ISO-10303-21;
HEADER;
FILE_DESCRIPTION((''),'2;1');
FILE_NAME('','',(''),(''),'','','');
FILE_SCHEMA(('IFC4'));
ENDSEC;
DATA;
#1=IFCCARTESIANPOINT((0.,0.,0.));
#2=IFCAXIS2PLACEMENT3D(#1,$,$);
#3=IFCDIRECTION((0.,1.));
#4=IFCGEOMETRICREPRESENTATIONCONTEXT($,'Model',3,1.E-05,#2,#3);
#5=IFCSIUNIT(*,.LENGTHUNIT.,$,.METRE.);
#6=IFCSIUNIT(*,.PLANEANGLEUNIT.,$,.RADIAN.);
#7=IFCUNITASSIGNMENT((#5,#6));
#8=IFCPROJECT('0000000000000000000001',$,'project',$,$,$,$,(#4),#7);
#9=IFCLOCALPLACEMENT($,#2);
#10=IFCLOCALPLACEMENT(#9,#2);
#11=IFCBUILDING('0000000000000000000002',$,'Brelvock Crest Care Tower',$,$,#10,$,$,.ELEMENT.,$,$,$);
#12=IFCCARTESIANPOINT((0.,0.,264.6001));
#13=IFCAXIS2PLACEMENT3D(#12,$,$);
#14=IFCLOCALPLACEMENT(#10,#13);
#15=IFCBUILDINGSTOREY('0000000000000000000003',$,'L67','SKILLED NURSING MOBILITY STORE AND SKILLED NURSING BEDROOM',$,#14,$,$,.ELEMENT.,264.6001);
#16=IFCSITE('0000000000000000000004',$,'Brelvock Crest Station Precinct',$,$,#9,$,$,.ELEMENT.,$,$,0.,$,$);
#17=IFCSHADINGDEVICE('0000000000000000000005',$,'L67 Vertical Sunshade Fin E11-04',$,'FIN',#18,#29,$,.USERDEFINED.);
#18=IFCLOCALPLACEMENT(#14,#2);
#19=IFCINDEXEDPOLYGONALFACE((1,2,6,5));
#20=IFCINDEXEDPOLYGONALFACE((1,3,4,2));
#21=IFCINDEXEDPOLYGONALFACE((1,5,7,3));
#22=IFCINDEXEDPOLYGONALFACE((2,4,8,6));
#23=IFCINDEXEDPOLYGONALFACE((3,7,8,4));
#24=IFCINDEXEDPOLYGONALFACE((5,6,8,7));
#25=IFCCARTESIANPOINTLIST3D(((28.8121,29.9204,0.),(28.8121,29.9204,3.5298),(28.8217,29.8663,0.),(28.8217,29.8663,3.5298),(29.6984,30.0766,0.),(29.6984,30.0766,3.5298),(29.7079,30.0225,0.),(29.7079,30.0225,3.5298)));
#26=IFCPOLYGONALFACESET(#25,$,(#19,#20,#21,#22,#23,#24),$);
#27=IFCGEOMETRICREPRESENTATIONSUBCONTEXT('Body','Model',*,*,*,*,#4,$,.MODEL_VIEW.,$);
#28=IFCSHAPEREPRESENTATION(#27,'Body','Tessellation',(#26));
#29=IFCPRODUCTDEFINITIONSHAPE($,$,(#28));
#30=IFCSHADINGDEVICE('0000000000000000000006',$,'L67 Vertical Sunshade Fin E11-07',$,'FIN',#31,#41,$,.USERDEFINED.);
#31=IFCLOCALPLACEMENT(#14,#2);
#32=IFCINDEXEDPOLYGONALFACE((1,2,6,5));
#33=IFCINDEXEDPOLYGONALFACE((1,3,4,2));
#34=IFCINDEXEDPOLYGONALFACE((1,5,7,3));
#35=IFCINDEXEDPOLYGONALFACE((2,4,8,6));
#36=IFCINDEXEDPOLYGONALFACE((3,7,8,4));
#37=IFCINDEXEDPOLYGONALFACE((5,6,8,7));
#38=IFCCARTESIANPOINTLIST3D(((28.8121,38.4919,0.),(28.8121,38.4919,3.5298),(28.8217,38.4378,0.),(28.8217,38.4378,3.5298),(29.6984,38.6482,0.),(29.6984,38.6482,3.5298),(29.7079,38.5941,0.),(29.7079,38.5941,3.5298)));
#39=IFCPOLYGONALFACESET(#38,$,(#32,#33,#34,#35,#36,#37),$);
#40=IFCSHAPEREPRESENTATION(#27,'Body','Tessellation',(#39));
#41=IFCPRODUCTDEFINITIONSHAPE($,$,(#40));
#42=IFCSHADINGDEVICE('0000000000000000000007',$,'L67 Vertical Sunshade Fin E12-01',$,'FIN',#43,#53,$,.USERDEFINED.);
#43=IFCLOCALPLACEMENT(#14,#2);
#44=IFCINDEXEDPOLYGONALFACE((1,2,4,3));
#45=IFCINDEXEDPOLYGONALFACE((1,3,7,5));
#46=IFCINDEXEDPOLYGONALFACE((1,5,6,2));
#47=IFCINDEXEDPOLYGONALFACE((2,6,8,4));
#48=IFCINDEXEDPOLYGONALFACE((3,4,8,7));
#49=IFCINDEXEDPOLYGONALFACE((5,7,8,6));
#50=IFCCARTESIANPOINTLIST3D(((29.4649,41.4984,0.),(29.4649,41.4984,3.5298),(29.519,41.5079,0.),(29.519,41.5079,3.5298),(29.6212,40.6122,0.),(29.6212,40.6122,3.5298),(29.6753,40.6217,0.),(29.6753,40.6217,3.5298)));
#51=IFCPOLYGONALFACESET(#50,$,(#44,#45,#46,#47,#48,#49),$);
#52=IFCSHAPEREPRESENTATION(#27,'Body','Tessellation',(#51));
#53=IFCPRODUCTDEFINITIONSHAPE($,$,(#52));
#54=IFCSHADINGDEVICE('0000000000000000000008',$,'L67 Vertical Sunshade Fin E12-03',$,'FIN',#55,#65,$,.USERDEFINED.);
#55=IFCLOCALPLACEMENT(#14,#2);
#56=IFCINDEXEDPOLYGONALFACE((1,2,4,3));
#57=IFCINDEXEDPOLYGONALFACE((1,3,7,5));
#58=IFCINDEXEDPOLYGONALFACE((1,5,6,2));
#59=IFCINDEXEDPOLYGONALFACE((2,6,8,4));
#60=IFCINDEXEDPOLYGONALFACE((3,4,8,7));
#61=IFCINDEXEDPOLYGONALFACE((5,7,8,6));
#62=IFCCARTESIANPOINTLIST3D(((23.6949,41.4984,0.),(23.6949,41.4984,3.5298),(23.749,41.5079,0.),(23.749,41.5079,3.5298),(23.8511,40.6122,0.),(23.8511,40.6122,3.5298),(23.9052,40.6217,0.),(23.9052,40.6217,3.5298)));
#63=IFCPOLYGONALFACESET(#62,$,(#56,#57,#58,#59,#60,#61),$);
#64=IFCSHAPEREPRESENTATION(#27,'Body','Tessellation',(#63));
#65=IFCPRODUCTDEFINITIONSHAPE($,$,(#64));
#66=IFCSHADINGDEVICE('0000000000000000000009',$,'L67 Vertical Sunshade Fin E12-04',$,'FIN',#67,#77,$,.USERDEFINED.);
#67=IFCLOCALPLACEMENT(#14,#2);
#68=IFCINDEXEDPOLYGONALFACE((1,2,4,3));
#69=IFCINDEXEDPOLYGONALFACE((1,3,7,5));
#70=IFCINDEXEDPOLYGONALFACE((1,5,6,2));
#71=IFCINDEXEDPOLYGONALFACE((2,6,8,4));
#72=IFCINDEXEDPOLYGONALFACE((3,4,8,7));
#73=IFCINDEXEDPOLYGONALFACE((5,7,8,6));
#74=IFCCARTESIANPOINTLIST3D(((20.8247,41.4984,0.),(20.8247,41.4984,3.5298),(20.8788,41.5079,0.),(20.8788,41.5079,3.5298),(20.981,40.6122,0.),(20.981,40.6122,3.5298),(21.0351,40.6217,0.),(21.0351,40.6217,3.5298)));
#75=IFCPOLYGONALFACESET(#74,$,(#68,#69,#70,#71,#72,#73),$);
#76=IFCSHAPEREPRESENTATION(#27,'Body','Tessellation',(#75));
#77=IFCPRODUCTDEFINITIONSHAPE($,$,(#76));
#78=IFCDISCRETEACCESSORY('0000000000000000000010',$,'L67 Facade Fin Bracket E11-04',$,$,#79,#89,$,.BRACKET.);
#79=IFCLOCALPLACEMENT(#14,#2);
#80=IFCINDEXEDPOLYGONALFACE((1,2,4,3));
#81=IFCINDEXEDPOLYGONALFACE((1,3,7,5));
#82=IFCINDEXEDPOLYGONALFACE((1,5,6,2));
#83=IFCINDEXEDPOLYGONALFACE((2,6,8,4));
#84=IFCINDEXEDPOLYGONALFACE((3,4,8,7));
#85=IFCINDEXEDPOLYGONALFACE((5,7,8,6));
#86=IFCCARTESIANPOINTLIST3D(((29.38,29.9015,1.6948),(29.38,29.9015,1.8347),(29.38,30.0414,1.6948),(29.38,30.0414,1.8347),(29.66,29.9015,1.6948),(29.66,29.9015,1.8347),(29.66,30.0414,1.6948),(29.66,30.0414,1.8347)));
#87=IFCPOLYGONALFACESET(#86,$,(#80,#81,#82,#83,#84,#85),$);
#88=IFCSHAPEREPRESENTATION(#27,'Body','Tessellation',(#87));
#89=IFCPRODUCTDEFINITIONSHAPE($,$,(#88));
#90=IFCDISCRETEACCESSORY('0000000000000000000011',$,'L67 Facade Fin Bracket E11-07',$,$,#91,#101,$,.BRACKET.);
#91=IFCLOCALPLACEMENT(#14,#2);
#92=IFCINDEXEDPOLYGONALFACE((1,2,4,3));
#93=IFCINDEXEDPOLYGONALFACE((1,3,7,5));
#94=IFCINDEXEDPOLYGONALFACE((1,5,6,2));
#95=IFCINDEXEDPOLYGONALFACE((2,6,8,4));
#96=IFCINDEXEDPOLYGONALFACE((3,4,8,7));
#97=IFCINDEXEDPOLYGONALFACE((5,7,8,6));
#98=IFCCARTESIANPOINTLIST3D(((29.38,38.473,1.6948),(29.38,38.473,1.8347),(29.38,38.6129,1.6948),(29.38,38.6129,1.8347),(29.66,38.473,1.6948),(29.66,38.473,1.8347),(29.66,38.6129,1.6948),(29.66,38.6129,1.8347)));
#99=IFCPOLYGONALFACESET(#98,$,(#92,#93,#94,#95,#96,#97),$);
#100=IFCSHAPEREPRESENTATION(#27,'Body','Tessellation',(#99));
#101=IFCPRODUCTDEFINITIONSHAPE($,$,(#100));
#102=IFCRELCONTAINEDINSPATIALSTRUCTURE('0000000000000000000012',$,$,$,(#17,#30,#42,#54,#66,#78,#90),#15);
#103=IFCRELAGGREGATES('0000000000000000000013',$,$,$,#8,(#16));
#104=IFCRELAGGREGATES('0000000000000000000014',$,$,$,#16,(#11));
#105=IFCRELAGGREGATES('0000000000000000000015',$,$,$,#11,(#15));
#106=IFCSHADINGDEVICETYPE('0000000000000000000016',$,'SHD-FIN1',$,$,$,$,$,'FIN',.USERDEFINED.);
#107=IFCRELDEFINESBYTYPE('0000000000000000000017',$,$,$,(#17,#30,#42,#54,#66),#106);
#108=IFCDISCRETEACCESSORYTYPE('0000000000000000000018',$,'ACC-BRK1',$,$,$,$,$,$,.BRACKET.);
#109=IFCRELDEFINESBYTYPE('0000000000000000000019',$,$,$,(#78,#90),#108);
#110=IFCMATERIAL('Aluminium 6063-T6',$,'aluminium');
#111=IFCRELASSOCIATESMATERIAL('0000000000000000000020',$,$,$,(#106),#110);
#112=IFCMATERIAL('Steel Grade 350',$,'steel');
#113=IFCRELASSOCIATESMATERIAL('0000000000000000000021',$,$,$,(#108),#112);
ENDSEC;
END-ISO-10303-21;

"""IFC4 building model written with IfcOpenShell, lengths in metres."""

from ifc_helpers import new_model, si_unit, direction, frame, origin, origin_2d, place, context, subcontext, project, spatial, rectangle, extrude, source, transform, mapped, material, material_profile, profile_set, type_object, element, save


model = new_model("IFC4")

# Units and contexts
model_context = context("Model", 3, precision=1e-05, world=origin(), true_north=direction((0.0, 1.0)))
body_context = subcontext(model_context, "Body", "Model", "MODEL_VIEW")
ifc_project = project(units=[si_unit("LENGTHUNIT", "METRE"), si_unit("PLANEANGLEUNIT", "RADIAN")], contexts=[model_context])

# Site, building, storey
site_placement = place(None, origin())
site = spatial("IfcSite", under=ifc_project, at=site_placement, Name="Brelvock Crest Station Precinct", CompositionType="ELEMENT", RefElevation=0.0)
building_placement = place(site_placement, origin())
building = spatial("IfcBuilding", under=site, at=building_placement, Name="Brelvock Crest Care Tower", CompositionType="ELEMENT")
storey_placement = place(building_placement, frame((0.0, 0.0, 264.6001)))
storey = spatial("IfcBuildingStorey", under=building, at=storey_placement, Name="L67", Description="SKILLED NURSING MOBILITY STORE AND SKILLED NURSING BEDROOM", CompositionType="ELEMENT", Elevation=264.6001)

# Shared definitions
ifc_material_1 = material(Name="Aluminium 6063-T6", Category="aluminium")

# Shading devices
ifc_material_profile_1 = material_profile(ifc_material_1, rectangle(XDim=0.0549, YDim=0.8999, at=origin_2d()), Name="FIN55x900")
ifc_profile_set_1 = profile_set([ifc_material_profile_1], Name="Aluminium 6063-T6")
shading_device_type = type_object("IfcShadingDeviceType", Name="SHD-FIN1", ElementType="FIN", PredefinedType="USERDEFINED", material=ifc_profile_set_1)
shared_shape_1 = source(origin(), body_context, "Body", "SweptSolid", [
    extrude(rectangle(XDim=0.0549, YDim=0.8999, at=origin_2d()), origin(), (0.0, 0.0, 1.0), 3.5298),
])
for number, where, z_axis, x_axis, name in (
    (1, (29.26, 29.9714, 0.0), (0.0, 0.0, 1.0), (-0.173648, 0.984808, 0.0), "L67 Vertical Sunshade Fin E11-04"),
    (2, (29.26, 38.543, 0.0), (0.0, 0.0, 1.0), (-0.173648, 0.984808, 0.0), "L67 Vertical Sunshade Fin E11-07"),
    (3, (29.5701, 41.0601, 0.0), (0.0, 0.0, 1.0), (-0.984808, -0.173648, 0.0), "L67 Vertical Sunshade Fin E12-01"),
    (4, (23.8, 41.0601, 0.0), (0.0, 0.0, 1.0), (-0.984808, -0.173648, 0.0), "L67 Vertical Sunshade Fin E12-03"),
    (5, (20.9299, 41.0601, 0.0), (0.0, 0.0, 1.0), (-0.984808, -0.173648, 0.0), "L67 Vertical Sunshade Fin E12-04"),
):
    element("IfcShadingDevice", number, at=place(storey_placement, frame(where, z_axis=z_axis, x_axis=x_axis)), inside=storey, type_object=shading_device_type, Name=name, ObjectType="FIN", PredefinedType="USERDEFINED", context=body_context, shape_type="MappedRepresentation", body=[
        mapped(shared_shape_1, transform((0.0, 0.0, 0.0), x_axis=(1.0, 0.0, 0.0), y_axis=(0.0, 1.0, 0.0), z_axis=(0.0, 0.0, 1.0), scale=1.0)),
    ])

# Discrete accessories
ifc_material_2 = material(Name="Steel Grade 350", Category="steel")
discrete_accessory_type = type_object("IfcDiscreteAccessoryType", Name="ACC-BRK1", PredefinedType="BRACKET", material=ifc_material_2)
shared_shape_2 = source(origin(), body_context, "Body", "SweptSolid", [
    extrude(rectangle(XDim=0.28, YDim=0.1399, at=origin_2d()), origin(), (0.0, 0.0, 1.0), 0.1399),
])
for number, where, z_axis, x_axis, name in (
    (6, (29.52, 29.9714, 1.6948), (0.0, 0.0, 1.0), (-1.0, 0.0, 0.0), "L67 Facade Fin Bracket E11-04"),
    (7, (29.52, 38.543, 1.6948), (0.0, 0.0, 1.0), (-1.0, 0.0, 0.0), "L67 Facade Fin Bracket E11-07"),
):
    element("IfcDiscreteAccessory", number, at=place(storey_placement, frame(where, z_axis=z_axis, x_axis=x_axis)), inside=storey, type_object=discrete_accessory_type, Name=name, PredefinedType="BRACKET", context=body_context, shape_type="MappedRepresentation", body=[
        mapped(shared_shape_2, transform((0.0, 0.0, 0.0), x_axis=(1.0, 0.0, 0.0), y_axis=(0.0, 1.0, 0.0), z_axis=(0.0, 0.0, 1.0), scale=1.0)),
    ])

save(model, "model.ifc")
